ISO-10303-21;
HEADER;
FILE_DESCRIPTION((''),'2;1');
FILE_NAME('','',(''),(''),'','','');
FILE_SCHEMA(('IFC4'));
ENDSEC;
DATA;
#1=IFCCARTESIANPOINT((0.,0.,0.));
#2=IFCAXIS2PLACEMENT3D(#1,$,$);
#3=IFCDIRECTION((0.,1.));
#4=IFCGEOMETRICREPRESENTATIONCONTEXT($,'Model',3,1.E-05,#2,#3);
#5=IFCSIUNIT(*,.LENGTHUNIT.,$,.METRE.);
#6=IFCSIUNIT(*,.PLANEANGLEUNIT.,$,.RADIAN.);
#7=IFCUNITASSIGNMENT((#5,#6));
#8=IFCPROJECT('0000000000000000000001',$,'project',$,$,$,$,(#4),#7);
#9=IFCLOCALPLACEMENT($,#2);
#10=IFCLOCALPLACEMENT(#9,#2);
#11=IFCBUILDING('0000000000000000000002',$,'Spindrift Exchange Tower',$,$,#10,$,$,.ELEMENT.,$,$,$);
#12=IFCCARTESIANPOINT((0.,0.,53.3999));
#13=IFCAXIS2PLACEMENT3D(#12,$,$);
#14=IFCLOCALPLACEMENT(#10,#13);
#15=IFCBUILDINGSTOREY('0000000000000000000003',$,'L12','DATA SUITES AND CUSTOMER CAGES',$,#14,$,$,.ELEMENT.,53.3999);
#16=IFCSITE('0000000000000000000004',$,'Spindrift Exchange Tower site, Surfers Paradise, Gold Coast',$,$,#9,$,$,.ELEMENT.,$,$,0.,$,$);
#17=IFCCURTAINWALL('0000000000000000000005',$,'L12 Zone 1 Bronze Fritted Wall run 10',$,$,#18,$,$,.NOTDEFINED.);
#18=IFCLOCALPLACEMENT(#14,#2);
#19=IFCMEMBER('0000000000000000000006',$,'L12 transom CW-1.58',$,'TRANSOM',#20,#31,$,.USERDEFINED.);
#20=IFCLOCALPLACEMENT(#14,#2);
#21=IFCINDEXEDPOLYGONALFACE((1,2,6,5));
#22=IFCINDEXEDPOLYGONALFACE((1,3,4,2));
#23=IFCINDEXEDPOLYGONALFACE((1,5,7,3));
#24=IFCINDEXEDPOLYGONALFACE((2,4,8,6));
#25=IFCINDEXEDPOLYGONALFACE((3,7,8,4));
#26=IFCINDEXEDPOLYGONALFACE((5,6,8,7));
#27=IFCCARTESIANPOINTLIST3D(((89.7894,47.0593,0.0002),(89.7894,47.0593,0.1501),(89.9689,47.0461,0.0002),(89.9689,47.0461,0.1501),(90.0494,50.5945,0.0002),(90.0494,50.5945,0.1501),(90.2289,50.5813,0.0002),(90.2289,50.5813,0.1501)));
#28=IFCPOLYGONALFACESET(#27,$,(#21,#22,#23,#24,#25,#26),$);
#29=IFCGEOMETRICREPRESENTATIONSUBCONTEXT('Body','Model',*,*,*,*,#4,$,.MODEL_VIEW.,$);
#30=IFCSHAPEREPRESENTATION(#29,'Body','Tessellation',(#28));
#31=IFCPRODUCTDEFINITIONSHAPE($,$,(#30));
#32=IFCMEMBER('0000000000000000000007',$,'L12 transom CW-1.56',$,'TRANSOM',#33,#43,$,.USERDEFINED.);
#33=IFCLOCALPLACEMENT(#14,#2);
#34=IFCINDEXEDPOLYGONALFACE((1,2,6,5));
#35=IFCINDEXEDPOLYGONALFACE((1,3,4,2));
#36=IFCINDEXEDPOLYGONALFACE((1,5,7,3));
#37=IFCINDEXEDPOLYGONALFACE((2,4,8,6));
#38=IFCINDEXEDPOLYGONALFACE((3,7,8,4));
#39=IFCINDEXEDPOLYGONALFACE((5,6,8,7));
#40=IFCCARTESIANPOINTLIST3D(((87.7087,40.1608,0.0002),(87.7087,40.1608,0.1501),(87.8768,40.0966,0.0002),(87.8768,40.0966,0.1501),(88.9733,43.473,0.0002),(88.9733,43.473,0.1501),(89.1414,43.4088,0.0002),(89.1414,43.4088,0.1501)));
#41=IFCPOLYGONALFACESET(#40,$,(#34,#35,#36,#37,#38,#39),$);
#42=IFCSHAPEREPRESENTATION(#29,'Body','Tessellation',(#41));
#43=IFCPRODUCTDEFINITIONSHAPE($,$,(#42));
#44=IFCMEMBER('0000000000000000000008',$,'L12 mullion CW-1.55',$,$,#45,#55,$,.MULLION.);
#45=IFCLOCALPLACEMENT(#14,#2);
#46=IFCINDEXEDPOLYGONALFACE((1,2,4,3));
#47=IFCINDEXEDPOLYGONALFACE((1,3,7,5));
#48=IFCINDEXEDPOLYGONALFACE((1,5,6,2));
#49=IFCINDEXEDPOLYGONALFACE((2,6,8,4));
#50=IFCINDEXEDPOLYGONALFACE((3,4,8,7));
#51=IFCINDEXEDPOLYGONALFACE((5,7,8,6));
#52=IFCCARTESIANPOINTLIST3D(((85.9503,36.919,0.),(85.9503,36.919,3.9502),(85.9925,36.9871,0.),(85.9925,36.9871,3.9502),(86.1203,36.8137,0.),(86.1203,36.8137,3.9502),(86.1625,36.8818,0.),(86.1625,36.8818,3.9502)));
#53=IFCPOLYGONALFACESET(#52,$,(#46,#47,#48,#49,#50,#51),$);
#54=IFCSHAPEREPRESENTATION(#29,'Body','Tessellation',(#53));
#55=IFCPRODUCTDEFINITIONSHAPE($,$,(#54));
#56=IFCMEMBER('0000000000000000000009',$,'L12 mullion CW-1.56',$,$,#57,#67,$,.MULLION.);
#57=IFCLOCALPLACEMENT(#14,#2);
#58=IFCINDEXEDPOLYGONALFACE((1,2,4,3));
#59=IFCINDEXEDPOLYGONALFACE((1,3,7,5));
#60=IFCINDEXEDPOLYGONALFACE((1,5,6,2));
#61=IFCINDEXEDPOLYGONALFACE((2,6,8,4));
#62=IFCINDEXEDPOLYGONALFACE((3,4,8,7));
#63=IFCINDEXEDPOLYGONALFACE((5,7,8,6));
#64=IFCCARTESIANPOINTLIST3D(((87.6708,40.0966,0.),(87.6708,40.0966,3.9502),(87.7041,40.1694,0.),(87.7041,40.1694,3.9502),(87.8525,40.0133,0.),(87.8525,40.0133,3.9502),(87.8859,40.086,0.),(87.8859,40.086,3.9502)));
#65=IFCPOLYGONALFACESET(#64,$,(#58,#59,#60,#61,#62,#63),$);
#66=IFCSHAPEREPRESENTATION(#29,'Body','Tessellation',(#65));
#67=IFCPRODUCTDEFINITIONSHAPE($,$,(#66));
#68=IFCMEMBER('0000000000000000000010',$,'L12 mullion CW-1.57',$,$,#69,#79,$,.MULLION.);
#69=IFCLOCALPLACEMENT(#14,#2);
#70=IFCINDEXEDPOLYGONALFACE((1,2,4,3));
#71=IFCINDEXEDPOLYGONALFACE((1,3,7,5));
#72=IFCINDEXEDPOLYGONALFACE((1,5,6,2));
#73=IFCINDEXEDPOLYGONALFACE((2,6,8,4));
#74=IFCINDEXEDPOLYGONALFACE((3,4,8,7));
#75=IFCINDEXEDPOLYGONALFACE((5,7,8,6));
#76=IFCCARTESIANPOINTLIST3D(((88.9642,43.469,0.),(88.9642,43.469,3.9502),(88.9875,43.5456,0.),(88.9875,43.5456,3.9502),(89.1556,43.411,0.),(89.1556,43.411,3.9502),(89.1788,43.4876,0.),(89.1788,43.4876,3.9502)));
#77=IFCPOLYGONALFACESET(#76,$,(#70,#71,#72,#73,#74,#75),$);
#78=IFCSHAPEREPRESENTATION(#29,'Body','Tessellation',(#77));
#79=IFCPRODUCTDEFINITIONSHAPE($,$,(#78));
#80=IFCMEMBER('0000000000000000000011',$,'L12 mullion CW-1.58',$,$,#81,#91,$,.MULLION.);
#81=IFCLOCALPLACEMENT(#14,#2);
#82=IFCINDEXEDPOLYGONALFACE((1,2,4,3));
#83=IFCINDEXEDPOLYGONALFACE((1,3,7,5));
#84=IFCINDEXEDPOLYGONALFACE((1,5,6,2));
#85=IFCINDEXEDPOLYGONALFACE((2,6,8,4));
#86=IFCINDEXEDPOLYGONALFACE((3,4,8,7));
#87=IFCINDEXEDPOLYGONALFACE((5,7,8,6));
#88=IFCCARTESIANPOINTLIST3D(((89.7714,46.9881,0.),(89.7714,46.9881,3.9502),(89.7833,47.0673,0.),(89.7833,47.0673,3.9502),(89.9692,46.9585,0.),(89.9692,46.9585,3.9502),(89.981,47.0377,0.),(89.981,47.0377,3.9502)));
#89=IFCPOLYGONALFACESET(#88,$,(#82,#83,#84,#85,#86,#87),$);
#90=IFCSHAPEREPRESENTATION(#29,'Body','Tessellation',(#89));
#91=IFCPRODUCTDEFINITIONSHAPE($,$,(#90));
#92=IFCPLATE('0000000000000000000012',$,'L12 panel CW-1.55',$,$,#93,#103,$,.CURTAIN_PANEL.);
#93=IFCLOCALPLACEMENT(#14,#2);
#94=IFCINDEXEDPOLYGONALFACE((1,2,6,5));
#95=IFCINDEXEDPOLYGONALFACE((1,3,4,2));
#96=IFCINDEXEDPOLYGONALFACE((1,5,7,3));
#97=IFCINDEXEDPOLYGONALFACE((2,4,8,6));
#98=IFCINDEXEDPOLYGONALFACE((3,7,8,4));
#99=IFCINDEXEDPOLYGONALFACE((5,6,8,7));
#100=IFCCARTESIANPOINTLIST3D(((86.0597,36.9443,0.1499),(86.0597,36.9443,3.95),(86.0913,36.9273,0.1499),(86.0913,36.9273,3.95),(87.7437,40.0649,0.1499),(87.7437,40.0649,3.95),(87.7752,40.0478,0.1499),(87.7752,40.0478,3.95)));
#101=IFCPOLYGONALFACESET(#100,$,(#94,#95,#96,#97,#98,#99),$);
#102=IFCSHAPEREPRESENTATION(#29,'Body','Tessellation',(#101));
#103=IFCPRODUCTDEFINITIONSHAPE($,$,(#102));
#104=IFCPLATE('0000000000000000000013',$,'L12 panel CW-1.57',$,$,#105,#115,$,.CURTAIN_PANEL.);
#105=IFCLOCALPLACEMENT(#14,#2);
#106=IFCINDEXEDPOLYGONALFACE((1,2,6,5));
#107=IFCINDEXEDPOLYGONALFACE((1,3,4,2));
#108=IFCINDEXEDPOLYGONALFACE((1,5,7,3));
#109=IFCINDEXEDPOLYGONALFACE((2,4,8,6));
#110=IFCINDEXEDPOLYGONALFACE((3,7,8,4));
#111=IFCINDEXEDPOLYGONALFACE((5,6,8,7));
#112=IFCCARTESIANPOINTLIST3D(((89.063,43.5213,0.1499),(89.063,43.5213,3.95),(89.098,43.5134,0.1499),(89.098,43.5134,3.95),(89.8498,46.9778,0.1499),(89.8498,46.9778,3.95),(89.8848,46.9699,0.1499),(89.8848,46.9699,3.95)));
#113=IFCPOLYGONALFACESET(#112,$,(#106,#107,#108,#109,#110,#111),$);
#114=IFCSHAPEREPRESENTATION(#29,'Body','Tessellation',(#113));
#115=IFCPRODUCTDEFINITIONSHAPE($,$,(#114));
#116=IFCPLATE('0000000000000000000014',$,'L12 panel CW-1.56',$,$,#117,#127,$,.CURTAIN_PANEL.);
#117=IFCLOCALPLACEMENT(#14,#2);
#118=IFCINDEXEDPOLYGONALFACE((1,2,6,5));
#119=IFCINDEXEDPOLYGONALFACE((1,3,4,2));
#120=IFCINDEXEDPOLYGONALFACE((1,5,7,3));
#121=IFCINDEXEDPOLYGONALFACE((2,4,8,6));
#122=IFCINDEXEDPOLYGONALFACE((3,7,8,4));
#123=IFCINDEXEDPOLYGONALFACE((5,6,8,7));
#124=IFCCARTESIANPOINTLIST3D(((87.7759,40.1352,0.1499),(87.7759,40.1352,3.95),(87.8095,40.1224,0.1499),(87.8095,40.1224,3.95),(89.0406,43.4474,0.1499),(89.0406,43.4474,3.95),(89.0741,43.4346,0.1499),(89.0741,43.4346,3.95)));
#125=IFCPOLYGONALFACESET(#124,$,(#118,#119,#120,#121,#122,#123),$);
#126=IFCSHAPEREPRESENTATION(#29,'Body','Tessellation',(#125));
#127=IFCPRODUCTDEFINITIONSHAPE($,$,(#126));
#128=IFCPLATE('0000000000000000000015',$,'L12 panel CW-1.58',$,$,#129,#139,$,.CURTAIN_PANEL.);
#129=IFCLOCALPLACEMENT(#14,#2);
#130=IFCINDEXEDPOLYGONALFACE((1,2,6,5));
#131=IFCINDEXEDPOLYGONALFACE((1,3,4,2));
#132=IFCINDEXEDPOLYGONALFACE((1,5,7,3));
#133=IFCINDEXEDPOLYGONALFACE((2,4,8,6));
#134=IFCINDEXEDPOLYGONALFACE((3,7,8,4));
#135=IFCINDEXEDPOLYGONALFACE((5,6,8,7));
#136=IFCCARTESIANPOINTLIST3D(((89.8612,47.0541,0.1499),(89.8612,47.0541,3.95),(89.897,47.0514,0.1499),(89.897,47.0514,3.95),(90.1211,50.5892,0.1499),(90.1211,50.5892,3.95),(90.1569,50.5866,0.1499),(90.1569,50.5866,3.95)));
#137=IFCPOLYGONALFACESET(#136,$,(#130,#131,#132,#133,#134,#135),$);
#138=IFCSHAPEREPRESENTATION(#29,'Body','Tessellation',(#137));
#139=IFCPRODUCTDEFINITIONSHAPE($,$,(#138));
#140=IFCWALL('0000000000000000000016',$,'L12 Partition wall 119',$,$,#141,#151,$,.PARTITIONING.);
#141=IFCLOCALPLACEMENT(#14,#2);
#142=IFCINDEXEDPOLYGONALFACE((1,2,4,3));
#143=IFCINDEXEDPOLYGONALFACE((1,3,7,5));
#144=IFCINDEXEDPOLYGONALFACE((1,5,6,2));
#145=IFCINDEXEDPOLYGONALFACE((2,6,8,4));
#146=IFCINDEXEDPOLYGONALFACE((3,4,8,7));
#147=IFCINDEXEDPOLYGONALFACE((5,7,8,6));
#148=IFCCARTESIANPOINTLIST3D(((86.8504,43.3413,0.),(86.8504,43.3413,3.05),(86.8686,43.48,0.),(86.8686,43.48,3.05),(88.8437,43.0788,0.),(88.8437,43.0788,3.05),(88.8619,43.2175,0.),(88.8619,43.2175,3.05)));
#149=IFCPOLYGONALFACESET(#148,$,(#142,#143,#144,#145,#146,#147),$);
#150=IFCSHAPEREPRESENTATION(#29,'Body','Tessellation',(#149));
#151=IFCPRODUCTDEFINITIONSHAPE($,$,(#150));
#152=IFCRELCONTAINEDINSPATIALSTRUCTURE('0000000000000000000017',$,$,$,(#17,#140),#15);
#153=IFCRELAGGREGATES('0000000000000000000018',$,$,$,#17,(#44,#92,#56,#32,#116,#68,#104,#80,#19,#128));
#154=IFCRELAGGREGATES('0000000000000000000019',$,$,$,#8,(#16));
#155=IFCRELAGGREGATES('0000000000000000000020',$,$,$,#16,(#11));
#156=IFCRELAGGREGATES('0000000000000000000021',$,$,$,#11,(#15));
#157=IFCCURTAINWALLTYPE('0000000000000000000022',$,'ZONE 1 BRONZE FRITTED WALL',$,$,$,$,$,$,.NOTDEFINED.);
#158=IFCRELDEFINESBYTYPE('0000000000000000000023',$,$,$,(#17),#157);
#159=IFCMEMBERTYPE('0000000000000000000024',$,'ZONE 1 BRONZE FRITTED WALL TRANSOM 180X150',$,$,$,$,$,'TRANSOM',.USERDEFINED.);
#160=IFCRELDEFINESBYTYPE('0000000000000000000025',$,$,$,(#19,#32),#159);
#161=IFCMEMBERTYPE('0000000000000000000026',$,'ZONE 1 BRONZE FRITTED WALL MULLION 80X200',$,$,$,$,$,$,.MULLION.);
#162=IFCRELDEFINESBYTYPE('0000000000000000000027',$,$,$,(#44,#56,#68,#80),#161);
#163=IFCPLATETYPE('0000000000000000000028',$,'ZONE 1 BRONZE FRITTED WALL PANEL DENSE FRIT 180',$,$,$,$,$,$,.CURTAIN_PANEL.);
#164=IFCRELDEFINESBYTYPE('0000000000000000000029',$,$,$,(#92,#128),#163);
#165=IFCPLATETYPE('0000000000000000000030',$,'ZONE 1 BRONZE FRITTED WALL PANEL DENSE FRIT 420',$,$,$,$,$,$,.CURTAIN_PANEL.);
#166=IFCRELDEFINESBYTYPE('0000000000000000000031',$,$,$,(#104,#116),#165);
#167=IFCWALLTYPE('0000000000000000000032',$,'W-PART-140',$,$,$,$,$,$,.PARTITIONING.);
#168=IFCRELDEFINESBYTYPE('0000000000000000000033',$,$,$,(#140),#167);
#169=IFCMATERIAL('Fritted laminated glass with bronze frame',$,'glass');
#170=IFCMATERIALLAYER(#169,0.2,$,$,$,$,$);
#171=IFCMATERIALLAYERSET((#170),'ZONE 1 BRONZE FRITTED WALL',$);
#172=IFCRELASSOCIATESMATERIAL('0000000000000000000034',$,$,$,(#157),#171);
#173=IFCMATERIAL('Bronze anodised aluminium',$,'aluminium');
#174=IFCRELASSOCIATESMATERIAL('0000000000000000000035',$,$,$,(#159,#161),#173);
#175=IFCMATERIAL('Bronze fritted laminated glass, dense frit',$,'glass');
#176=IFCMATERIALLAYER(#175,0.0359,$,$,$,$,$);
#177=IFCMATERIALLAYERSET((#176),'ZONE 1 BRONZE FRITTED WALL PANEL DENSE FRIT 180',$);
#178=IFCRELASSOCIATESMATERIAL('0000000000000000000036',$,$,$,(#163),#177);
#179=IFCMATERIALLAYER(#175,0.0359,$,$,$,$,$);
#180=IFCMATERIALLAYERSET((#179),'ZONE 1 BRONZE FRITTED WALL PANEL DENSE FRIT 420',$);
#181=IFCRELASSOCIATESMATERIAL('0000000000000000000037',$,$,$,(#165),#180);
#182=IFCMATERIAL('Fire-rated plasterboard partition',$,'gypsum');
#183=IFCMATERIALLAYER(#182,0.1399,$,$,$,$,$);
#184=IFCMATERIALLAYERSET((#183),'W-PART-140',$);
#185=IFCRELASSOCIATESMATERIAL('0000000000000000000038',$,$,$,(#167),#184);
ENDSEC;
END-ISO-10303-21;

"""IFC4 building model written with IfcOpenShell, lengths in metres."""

from ifc_helpers import new_model, si_unit, direction, frame, frame_2d, origin, origin_2d, place, context, subcontext, project, spatial, rectangle, extrude, source, transform, mapped, material, layer, layer_set, material_profile, profile_set, type_object, element, aggregate, save


model = new_model("IFC4")

# Units and contexts
model_context = context("Model", 3, precision=1e-05, world=origin(), true_north=direction((0.0, 1.0)))
body_context = subcontext(model_context, "Body", "Model", "MODEL_VIEW")
ifc_project = project(units=[si_unit("LENGTHUNIT", "METRE"), si_unit("PLANEANGLEUNIT", "RADIAN")], contexts=[model_context])

# Site, building, storey
site_placement = place(None, origin())
site = spatial("IfcSite", under=ifc_project, at=site_placement, Name="Spindrift Exchange Tower site, Surfers Paradise, Gold Coast", CompositionType="ELEMENT", RefElevation=0.0)
building_placement = place(site_placement, origin())
building = spatial("IfcBuilding", under=site, at=building_placement, Name="Spindrift Exchange Tower", CompositionType="ELEMENT")
storey_placement = place(building_placement, frame((0.0, 0.0, 53.3999)))
storey = spatial("IfcBuildingStorey", under=building, at=storey_placement, Name="L12", Description="DATA SUITES AND CUSTOMER CAGES", CompositionType="ELEMENT", Elevation=53.3999)

# Curtain wall, members, plates
ifc_material_1 = material(Name="Fritted laminated glass with bronze frame", Category="glass")
ifc_layer_1 = layer(ifc_material_1, 0.2)
ifc_layer_set_1 = layer_set([ifc_layer_1], Name="ZONE 1 BRONZE FRITTED WALL")
curtain_wall_type = type_object("IfcCurtainWallType", Name="ZONE 1 BRONZE FRITTED WALL", PredefinedType="NOTDEFINED", material=ifc_layer_set_1)
curtain_wall_placement = place(storey_placement, origin())
curtain_wall = element("IfcCurtainWall", 1, at=curtain_wall_placement, inside=storey, type_object=curtain_wall_type, Name="L12 Zone 1 Bronze Fritted Wall run 10", PredefinedType="NOTDEFINED")
ifc_material_2 = material(Name="Bronze anodised aluminium", Category="aluminium")
ifc_material_profile_1 = material_profile(ifc_material_2, rectangle(XDim=0.1799, YDim=0.1499, at=origin_2d()), Name="ZONE 1 BRONZE FRITTED WALL TRANSOM 180X150")
ifc_profile_set_1 = profile_set([ifc_material_profile_1], Name="Bronze anodised aluminium")
member_type_1 = type_object("IfcMemberType", Name="ZONE 1 BRONZE FRITTED WALL TRANSOM 180X150", ElementType="TRANSOM", PredefinedType="USERDEFINED", material=ifc_profile_set_1)
shared_shape_1 = source(origin(), body_context, "Body", "SweptSolid", [
    extrude(rectangle(XDim=0.1799, YDim=0.1499, at=origin_2d()), origin(), (0.0, 0.0, 1.0), 3.5447),
])
member_1_placement = place(storey_placement, frame((89.8792, 47.0527, 0.0752), z_axis=(0.073352, 0.997306, 0.0), x_axis=(-0.997306, 0.073352, 0.0)))
member_1 = element("IfcMember", 2, at=member_1_placement, type_object=member_type_1, Name="L12 transom CW-1.58", ObjectType="TRANSOM", PredefinedType="USERDEFINED", context=body_context, shape_type="MappedRepresentation", body=[
    mapped(shared_shape_1, transform((0.0, 0.0, 0.0), scale=1.0)),
])
shared_shape_2 = source(origin(), body_context, "Body", "SweptSolid", [
    extrude(rectangle(XDim=0.1799, YDim=0.1499, at=origin_2d()), origin(), (0.0, 0.0, 1.0), 3.5454),
])
member_2_placement = place(storey_placement, frame((87.7927, 40.1287, 0.0752), z_axis=(0.356694, 0.934221, 0.0), x_axis=(-0.934221, 0.356694, 0.0)))
member_2 = element("IfcMember", 3, at=member_2_placement, type_object=member_type_1, Name="L12 transom CW-1.56", ObjectType="TRANSOM", PredefinedType="USERDEFINED", context=body_context, shape_type="MappedRepresentation", body=[
    mapped(shared_shape_2, transform((0.0, 0.0, 0.0), scale=1.0)),
])
ifc_material_profile_2 = material_profile(ifc_material_2, rectangle(XDim=0.0801, YDim=0.2, at=origin_2d()), Name="ZONE 1 BRONZE FRITTED WALL MULLION 80X200")
ifc_profile_set_2 = profile_set([ifc_material_profile_2], Name="Bronze anodised aluminium")
member_type_2 = type_object("IfcMemberType", Name="ZONE 1 BRONZE FRITTED WALL MULLION 80X200", PredefinedType="MULLION", material=ifc_profile_set_2)
shared_shape_3 = source(origin(), body_context, "Body", "SweptSolid", [
    extrude(rectangle(XDim=0.0801, YDim=0.2, at=origin_2d()), origin(), (0.0, 0.0, 1.0), 3.9502),
])
member_3_placement = place(storey_placement, frame((86.0564, 36.9004, 0.0), z_axis=(0.0, 0.0, 1.0), x_axis=(0.526561, 0.850137, 0.0)))
member_3 = element("IfcMember", 4, at=member_3_placement, type_object=member_type_2, Name="L12 mullion CW-1.55", PredefinedType="MULLION", context=body_context, shape_type="MappedRepresentation", body=[
    mapped(shared_shape_3, transform((0.0, 0.0, 0.0), scale=1.0)),
])
member_4_placement = place(storey_placement, frame((87.7783, 40.0913, 0.0), z_axis=(0.0, 0.0, 1.0), x_axis=(0.416682, 0.909052, 0.0)))
member_4 = element("IfcMember", 5, at=member_4_placement, type_object=member_type_2, Name="L12 mullion CW-1.56", PredefinedType="MULLION", context=body_context, shape_type="MappedRepresentation", body=[
    mapped(shared_shape_3, transform((0.0, 0.0, 0.0), scale=1.0)),
])
member_5_placement = place(storey_placement, frame((89.0715, 43.4783, 0.0), z_axis=(0.0, 0.0, 1.0), x_axis=(0.290052, 0.957011, 0.0)))
member_5 = element("IfcMember", 6, at=member_5_placement, type_object=member_type_2, Name="L12 mullion CW-1.57", PredefinedType="MULLION", context=body_context, shape_type="MappedRepresentation", body=[
    mapped(shared_shape_3, transform((0.0, 0.0, 0.0), scale=1.0)),
])
member_6_placement = place(storey_placement, frame((89.8762, 47.0129, 0.0), z_axis=(0.0, 0.0, 1.0), x_axis=(0.148064, 0.988978, 0.0)))
member_6 = element("IfcMember", 7, at=member_6_placement, type_object=member_type_2, Name="L12 mullion CW-1.58", PredefinedType="MULLION", context=body_context, shape_type="MappedRepresentation", body=[
    mapped(shared_shape_3, transform((0.0, 0.0, 0.0), scale=1.0)),
])
ifc_material_3 = material(Name="Bronze fritted laminated glass, dense frit", Category="glass")
ifc_layer_2 = layer(ifc_material_3, 0.0359)
ifc_layer_set_2 = layer_set([ifc_layer_2], Name="ZONE 1 BRONZE FRITTED WALL PANEL DENSE FRIT 180")
plate_type_1 = type_object("IfcPlateType", Name="ZONE 1 BRONZE FRITTED WALL PANEL DENSE FRIT 180", PredefinedType="CURTAIN_PANEL", material=ifc_layer_set_2)
shared_shape_4 = source(origin(), body_context, "Body", "SweptSolid", [
    extrude(rectangle(XDim=3.5459, YDim=0.0359, at=origin_2d()), origin(), (0.0, 0.0, 1.0), 3.8),
])
plate_1_placement = place(storey_placement, frame((86.9175, 38.4961, 0.1499), z_axis=(0.0, 0.0, 1.0), x_axis=(0.474896, 0.880042, 0.0)))
plate_1 = element("IfcPlate", 8, at=plate_1_placement, type_object=plate_type_1, Name="L12 panel CW-1.55", PredefinedType="CURTAIN_PANEL", context=body_context, shape_type="MappedRepresentation", body=[
    mapped(shared_shape_4, transform((0.0, 0.0, 0.0), scale=1.0)),
])
ifc_layer_3 = layer(ifc_material_3, 0.0359)
ifc_layer_set_3 = layer_set([ifc_layer_3], Name="ZONE 1 BRONZE FRITTED WALL PANEL DENSE FRIT 420")
plate_type_2 = type_object("IfcPlateType", Name="ZONE 1 BRONZE FRITTED WALL PANEL DENSE FRIT 420", PredefinedType="CURTAIN_PANEL", material=ifc_layer_set_3)
shared_shape_5 = source(origin(), body_context, "Body", "SweptSolid", [
    extrude(rectangle(XDim=3.5449, YDim=0.0359, at=origin_2d()), origin(), (0.0, 0.0, 1.0), 3.8),
])
plate_2_placement = place(storey_placement, frame((89.4739, 45.2456, 0.1499), z_axis=(0.0, 0.0, 1.0), x_axis=(0.221957, 0.975056, 0.0)))
plate_2 = element("IfcPlate", 9, at=plate_2_placement, type_object=plate_type_2, Name="L12 panel CW-1.57", PredefinedType="CURTAIN_PANEL", context=body_context, shape_type="MappedRepresentation", body=[
    mapped(shared_shape_5, transform((0.0, 0.0, 0.0), scale=1.0)),
])
shared_shape_6 = source(origin(), body_context, "Body", "SweptSolid", [
    extrude(rectangle(XDim=3.5454, YDim=0.0359, at=origin_2d()), origin(), (0.0, 0.0, 1.0), 3.8),
])
plate_3_placement = place(storey_placement, frame((88.425, 41.7849, 0.1499), z_axis=(0.0, 0.0, 1.0), x_axis=(0.356707, 0.934216, 0.0)))
plate_3 = element("IfcPlate", 10, at=plate_3_placement, type_object=plate_type_2, Name="L12 panel CW-1.56", PredefinedType="CURTAIN_PANEL", context=body_context, shape_type="MappedRepresentation", body=[
    mapped(shared_shape_6, transform((0.0, 0.0, 0.0), scale=1.0)),
])
shared_shape_7 = source(origin(), body_context, "Body", "SweptSolid", [
    extrude(rectangle(XDim=3.5447, YDim=0.0359, at=origin_2d()), origin(), (0.0, 0.0, 1.0), 3.8),
])
plate_4_placement = place(storey_placement, frame((90.009, 48.8203, 0.1499), z_axis=(0.0, 0.0, 1.0), x_axis=(0.073332, 0.997308, 0.0)))
plate_4 = element("IfcPlate", 11, at=plate_4_placement, type_object=plate_type_1, Name="L12 panel CW-1.58", PredefinedType="CURTAIN_PANEL", context=body_context, shape_type="MappedRepresentation", body=[
    mapped(shared_shape_7, transform((0.0, 0.0, 0.0), scale=1.0)),
])
aggregate(curtain_wall, [member_3, plate_1, member_4, member_2, plate_3, member_5, plate_2, member_6, member_1, plate_4])

# Wall
ifc_material_4 = material(Name="Fire-rated plasterboard partition", Category="gypsum")
ifc_layer_4 = layer(ifc_material_4, 0.1399)
ifc_layer_set_4 = layer_set([ifc_layer_4], Name="W-PART-140")
wall_type = type_object("IfcWallType", Name="W-PART-140", PredefinedType="PARTITIONING", material=ifc_layer_set_4)
wall_placement = place(storey_placement, frame((86.8594, 43.4106, 0.0), z_axis=(0.0, 0.0, 1.0), x_axis=(0.991444, -0.130533, 0.0)))
element("IfcWall", 12, at=wall_placement, inside=storey, type_object=wall_type, Name="L12 Partition wall 119", PredefinedType="PARTITIONING", context=body_context, shape_type="SweptSolid", body=[
    extrude(rectangle(XDim=2.0105, YDim=0.1399, at=frame_2d((1.0054, 0.0))), origin(), (0.0, 0.0, 1.0), 3.05),
])

save(model, "model.ifc")
